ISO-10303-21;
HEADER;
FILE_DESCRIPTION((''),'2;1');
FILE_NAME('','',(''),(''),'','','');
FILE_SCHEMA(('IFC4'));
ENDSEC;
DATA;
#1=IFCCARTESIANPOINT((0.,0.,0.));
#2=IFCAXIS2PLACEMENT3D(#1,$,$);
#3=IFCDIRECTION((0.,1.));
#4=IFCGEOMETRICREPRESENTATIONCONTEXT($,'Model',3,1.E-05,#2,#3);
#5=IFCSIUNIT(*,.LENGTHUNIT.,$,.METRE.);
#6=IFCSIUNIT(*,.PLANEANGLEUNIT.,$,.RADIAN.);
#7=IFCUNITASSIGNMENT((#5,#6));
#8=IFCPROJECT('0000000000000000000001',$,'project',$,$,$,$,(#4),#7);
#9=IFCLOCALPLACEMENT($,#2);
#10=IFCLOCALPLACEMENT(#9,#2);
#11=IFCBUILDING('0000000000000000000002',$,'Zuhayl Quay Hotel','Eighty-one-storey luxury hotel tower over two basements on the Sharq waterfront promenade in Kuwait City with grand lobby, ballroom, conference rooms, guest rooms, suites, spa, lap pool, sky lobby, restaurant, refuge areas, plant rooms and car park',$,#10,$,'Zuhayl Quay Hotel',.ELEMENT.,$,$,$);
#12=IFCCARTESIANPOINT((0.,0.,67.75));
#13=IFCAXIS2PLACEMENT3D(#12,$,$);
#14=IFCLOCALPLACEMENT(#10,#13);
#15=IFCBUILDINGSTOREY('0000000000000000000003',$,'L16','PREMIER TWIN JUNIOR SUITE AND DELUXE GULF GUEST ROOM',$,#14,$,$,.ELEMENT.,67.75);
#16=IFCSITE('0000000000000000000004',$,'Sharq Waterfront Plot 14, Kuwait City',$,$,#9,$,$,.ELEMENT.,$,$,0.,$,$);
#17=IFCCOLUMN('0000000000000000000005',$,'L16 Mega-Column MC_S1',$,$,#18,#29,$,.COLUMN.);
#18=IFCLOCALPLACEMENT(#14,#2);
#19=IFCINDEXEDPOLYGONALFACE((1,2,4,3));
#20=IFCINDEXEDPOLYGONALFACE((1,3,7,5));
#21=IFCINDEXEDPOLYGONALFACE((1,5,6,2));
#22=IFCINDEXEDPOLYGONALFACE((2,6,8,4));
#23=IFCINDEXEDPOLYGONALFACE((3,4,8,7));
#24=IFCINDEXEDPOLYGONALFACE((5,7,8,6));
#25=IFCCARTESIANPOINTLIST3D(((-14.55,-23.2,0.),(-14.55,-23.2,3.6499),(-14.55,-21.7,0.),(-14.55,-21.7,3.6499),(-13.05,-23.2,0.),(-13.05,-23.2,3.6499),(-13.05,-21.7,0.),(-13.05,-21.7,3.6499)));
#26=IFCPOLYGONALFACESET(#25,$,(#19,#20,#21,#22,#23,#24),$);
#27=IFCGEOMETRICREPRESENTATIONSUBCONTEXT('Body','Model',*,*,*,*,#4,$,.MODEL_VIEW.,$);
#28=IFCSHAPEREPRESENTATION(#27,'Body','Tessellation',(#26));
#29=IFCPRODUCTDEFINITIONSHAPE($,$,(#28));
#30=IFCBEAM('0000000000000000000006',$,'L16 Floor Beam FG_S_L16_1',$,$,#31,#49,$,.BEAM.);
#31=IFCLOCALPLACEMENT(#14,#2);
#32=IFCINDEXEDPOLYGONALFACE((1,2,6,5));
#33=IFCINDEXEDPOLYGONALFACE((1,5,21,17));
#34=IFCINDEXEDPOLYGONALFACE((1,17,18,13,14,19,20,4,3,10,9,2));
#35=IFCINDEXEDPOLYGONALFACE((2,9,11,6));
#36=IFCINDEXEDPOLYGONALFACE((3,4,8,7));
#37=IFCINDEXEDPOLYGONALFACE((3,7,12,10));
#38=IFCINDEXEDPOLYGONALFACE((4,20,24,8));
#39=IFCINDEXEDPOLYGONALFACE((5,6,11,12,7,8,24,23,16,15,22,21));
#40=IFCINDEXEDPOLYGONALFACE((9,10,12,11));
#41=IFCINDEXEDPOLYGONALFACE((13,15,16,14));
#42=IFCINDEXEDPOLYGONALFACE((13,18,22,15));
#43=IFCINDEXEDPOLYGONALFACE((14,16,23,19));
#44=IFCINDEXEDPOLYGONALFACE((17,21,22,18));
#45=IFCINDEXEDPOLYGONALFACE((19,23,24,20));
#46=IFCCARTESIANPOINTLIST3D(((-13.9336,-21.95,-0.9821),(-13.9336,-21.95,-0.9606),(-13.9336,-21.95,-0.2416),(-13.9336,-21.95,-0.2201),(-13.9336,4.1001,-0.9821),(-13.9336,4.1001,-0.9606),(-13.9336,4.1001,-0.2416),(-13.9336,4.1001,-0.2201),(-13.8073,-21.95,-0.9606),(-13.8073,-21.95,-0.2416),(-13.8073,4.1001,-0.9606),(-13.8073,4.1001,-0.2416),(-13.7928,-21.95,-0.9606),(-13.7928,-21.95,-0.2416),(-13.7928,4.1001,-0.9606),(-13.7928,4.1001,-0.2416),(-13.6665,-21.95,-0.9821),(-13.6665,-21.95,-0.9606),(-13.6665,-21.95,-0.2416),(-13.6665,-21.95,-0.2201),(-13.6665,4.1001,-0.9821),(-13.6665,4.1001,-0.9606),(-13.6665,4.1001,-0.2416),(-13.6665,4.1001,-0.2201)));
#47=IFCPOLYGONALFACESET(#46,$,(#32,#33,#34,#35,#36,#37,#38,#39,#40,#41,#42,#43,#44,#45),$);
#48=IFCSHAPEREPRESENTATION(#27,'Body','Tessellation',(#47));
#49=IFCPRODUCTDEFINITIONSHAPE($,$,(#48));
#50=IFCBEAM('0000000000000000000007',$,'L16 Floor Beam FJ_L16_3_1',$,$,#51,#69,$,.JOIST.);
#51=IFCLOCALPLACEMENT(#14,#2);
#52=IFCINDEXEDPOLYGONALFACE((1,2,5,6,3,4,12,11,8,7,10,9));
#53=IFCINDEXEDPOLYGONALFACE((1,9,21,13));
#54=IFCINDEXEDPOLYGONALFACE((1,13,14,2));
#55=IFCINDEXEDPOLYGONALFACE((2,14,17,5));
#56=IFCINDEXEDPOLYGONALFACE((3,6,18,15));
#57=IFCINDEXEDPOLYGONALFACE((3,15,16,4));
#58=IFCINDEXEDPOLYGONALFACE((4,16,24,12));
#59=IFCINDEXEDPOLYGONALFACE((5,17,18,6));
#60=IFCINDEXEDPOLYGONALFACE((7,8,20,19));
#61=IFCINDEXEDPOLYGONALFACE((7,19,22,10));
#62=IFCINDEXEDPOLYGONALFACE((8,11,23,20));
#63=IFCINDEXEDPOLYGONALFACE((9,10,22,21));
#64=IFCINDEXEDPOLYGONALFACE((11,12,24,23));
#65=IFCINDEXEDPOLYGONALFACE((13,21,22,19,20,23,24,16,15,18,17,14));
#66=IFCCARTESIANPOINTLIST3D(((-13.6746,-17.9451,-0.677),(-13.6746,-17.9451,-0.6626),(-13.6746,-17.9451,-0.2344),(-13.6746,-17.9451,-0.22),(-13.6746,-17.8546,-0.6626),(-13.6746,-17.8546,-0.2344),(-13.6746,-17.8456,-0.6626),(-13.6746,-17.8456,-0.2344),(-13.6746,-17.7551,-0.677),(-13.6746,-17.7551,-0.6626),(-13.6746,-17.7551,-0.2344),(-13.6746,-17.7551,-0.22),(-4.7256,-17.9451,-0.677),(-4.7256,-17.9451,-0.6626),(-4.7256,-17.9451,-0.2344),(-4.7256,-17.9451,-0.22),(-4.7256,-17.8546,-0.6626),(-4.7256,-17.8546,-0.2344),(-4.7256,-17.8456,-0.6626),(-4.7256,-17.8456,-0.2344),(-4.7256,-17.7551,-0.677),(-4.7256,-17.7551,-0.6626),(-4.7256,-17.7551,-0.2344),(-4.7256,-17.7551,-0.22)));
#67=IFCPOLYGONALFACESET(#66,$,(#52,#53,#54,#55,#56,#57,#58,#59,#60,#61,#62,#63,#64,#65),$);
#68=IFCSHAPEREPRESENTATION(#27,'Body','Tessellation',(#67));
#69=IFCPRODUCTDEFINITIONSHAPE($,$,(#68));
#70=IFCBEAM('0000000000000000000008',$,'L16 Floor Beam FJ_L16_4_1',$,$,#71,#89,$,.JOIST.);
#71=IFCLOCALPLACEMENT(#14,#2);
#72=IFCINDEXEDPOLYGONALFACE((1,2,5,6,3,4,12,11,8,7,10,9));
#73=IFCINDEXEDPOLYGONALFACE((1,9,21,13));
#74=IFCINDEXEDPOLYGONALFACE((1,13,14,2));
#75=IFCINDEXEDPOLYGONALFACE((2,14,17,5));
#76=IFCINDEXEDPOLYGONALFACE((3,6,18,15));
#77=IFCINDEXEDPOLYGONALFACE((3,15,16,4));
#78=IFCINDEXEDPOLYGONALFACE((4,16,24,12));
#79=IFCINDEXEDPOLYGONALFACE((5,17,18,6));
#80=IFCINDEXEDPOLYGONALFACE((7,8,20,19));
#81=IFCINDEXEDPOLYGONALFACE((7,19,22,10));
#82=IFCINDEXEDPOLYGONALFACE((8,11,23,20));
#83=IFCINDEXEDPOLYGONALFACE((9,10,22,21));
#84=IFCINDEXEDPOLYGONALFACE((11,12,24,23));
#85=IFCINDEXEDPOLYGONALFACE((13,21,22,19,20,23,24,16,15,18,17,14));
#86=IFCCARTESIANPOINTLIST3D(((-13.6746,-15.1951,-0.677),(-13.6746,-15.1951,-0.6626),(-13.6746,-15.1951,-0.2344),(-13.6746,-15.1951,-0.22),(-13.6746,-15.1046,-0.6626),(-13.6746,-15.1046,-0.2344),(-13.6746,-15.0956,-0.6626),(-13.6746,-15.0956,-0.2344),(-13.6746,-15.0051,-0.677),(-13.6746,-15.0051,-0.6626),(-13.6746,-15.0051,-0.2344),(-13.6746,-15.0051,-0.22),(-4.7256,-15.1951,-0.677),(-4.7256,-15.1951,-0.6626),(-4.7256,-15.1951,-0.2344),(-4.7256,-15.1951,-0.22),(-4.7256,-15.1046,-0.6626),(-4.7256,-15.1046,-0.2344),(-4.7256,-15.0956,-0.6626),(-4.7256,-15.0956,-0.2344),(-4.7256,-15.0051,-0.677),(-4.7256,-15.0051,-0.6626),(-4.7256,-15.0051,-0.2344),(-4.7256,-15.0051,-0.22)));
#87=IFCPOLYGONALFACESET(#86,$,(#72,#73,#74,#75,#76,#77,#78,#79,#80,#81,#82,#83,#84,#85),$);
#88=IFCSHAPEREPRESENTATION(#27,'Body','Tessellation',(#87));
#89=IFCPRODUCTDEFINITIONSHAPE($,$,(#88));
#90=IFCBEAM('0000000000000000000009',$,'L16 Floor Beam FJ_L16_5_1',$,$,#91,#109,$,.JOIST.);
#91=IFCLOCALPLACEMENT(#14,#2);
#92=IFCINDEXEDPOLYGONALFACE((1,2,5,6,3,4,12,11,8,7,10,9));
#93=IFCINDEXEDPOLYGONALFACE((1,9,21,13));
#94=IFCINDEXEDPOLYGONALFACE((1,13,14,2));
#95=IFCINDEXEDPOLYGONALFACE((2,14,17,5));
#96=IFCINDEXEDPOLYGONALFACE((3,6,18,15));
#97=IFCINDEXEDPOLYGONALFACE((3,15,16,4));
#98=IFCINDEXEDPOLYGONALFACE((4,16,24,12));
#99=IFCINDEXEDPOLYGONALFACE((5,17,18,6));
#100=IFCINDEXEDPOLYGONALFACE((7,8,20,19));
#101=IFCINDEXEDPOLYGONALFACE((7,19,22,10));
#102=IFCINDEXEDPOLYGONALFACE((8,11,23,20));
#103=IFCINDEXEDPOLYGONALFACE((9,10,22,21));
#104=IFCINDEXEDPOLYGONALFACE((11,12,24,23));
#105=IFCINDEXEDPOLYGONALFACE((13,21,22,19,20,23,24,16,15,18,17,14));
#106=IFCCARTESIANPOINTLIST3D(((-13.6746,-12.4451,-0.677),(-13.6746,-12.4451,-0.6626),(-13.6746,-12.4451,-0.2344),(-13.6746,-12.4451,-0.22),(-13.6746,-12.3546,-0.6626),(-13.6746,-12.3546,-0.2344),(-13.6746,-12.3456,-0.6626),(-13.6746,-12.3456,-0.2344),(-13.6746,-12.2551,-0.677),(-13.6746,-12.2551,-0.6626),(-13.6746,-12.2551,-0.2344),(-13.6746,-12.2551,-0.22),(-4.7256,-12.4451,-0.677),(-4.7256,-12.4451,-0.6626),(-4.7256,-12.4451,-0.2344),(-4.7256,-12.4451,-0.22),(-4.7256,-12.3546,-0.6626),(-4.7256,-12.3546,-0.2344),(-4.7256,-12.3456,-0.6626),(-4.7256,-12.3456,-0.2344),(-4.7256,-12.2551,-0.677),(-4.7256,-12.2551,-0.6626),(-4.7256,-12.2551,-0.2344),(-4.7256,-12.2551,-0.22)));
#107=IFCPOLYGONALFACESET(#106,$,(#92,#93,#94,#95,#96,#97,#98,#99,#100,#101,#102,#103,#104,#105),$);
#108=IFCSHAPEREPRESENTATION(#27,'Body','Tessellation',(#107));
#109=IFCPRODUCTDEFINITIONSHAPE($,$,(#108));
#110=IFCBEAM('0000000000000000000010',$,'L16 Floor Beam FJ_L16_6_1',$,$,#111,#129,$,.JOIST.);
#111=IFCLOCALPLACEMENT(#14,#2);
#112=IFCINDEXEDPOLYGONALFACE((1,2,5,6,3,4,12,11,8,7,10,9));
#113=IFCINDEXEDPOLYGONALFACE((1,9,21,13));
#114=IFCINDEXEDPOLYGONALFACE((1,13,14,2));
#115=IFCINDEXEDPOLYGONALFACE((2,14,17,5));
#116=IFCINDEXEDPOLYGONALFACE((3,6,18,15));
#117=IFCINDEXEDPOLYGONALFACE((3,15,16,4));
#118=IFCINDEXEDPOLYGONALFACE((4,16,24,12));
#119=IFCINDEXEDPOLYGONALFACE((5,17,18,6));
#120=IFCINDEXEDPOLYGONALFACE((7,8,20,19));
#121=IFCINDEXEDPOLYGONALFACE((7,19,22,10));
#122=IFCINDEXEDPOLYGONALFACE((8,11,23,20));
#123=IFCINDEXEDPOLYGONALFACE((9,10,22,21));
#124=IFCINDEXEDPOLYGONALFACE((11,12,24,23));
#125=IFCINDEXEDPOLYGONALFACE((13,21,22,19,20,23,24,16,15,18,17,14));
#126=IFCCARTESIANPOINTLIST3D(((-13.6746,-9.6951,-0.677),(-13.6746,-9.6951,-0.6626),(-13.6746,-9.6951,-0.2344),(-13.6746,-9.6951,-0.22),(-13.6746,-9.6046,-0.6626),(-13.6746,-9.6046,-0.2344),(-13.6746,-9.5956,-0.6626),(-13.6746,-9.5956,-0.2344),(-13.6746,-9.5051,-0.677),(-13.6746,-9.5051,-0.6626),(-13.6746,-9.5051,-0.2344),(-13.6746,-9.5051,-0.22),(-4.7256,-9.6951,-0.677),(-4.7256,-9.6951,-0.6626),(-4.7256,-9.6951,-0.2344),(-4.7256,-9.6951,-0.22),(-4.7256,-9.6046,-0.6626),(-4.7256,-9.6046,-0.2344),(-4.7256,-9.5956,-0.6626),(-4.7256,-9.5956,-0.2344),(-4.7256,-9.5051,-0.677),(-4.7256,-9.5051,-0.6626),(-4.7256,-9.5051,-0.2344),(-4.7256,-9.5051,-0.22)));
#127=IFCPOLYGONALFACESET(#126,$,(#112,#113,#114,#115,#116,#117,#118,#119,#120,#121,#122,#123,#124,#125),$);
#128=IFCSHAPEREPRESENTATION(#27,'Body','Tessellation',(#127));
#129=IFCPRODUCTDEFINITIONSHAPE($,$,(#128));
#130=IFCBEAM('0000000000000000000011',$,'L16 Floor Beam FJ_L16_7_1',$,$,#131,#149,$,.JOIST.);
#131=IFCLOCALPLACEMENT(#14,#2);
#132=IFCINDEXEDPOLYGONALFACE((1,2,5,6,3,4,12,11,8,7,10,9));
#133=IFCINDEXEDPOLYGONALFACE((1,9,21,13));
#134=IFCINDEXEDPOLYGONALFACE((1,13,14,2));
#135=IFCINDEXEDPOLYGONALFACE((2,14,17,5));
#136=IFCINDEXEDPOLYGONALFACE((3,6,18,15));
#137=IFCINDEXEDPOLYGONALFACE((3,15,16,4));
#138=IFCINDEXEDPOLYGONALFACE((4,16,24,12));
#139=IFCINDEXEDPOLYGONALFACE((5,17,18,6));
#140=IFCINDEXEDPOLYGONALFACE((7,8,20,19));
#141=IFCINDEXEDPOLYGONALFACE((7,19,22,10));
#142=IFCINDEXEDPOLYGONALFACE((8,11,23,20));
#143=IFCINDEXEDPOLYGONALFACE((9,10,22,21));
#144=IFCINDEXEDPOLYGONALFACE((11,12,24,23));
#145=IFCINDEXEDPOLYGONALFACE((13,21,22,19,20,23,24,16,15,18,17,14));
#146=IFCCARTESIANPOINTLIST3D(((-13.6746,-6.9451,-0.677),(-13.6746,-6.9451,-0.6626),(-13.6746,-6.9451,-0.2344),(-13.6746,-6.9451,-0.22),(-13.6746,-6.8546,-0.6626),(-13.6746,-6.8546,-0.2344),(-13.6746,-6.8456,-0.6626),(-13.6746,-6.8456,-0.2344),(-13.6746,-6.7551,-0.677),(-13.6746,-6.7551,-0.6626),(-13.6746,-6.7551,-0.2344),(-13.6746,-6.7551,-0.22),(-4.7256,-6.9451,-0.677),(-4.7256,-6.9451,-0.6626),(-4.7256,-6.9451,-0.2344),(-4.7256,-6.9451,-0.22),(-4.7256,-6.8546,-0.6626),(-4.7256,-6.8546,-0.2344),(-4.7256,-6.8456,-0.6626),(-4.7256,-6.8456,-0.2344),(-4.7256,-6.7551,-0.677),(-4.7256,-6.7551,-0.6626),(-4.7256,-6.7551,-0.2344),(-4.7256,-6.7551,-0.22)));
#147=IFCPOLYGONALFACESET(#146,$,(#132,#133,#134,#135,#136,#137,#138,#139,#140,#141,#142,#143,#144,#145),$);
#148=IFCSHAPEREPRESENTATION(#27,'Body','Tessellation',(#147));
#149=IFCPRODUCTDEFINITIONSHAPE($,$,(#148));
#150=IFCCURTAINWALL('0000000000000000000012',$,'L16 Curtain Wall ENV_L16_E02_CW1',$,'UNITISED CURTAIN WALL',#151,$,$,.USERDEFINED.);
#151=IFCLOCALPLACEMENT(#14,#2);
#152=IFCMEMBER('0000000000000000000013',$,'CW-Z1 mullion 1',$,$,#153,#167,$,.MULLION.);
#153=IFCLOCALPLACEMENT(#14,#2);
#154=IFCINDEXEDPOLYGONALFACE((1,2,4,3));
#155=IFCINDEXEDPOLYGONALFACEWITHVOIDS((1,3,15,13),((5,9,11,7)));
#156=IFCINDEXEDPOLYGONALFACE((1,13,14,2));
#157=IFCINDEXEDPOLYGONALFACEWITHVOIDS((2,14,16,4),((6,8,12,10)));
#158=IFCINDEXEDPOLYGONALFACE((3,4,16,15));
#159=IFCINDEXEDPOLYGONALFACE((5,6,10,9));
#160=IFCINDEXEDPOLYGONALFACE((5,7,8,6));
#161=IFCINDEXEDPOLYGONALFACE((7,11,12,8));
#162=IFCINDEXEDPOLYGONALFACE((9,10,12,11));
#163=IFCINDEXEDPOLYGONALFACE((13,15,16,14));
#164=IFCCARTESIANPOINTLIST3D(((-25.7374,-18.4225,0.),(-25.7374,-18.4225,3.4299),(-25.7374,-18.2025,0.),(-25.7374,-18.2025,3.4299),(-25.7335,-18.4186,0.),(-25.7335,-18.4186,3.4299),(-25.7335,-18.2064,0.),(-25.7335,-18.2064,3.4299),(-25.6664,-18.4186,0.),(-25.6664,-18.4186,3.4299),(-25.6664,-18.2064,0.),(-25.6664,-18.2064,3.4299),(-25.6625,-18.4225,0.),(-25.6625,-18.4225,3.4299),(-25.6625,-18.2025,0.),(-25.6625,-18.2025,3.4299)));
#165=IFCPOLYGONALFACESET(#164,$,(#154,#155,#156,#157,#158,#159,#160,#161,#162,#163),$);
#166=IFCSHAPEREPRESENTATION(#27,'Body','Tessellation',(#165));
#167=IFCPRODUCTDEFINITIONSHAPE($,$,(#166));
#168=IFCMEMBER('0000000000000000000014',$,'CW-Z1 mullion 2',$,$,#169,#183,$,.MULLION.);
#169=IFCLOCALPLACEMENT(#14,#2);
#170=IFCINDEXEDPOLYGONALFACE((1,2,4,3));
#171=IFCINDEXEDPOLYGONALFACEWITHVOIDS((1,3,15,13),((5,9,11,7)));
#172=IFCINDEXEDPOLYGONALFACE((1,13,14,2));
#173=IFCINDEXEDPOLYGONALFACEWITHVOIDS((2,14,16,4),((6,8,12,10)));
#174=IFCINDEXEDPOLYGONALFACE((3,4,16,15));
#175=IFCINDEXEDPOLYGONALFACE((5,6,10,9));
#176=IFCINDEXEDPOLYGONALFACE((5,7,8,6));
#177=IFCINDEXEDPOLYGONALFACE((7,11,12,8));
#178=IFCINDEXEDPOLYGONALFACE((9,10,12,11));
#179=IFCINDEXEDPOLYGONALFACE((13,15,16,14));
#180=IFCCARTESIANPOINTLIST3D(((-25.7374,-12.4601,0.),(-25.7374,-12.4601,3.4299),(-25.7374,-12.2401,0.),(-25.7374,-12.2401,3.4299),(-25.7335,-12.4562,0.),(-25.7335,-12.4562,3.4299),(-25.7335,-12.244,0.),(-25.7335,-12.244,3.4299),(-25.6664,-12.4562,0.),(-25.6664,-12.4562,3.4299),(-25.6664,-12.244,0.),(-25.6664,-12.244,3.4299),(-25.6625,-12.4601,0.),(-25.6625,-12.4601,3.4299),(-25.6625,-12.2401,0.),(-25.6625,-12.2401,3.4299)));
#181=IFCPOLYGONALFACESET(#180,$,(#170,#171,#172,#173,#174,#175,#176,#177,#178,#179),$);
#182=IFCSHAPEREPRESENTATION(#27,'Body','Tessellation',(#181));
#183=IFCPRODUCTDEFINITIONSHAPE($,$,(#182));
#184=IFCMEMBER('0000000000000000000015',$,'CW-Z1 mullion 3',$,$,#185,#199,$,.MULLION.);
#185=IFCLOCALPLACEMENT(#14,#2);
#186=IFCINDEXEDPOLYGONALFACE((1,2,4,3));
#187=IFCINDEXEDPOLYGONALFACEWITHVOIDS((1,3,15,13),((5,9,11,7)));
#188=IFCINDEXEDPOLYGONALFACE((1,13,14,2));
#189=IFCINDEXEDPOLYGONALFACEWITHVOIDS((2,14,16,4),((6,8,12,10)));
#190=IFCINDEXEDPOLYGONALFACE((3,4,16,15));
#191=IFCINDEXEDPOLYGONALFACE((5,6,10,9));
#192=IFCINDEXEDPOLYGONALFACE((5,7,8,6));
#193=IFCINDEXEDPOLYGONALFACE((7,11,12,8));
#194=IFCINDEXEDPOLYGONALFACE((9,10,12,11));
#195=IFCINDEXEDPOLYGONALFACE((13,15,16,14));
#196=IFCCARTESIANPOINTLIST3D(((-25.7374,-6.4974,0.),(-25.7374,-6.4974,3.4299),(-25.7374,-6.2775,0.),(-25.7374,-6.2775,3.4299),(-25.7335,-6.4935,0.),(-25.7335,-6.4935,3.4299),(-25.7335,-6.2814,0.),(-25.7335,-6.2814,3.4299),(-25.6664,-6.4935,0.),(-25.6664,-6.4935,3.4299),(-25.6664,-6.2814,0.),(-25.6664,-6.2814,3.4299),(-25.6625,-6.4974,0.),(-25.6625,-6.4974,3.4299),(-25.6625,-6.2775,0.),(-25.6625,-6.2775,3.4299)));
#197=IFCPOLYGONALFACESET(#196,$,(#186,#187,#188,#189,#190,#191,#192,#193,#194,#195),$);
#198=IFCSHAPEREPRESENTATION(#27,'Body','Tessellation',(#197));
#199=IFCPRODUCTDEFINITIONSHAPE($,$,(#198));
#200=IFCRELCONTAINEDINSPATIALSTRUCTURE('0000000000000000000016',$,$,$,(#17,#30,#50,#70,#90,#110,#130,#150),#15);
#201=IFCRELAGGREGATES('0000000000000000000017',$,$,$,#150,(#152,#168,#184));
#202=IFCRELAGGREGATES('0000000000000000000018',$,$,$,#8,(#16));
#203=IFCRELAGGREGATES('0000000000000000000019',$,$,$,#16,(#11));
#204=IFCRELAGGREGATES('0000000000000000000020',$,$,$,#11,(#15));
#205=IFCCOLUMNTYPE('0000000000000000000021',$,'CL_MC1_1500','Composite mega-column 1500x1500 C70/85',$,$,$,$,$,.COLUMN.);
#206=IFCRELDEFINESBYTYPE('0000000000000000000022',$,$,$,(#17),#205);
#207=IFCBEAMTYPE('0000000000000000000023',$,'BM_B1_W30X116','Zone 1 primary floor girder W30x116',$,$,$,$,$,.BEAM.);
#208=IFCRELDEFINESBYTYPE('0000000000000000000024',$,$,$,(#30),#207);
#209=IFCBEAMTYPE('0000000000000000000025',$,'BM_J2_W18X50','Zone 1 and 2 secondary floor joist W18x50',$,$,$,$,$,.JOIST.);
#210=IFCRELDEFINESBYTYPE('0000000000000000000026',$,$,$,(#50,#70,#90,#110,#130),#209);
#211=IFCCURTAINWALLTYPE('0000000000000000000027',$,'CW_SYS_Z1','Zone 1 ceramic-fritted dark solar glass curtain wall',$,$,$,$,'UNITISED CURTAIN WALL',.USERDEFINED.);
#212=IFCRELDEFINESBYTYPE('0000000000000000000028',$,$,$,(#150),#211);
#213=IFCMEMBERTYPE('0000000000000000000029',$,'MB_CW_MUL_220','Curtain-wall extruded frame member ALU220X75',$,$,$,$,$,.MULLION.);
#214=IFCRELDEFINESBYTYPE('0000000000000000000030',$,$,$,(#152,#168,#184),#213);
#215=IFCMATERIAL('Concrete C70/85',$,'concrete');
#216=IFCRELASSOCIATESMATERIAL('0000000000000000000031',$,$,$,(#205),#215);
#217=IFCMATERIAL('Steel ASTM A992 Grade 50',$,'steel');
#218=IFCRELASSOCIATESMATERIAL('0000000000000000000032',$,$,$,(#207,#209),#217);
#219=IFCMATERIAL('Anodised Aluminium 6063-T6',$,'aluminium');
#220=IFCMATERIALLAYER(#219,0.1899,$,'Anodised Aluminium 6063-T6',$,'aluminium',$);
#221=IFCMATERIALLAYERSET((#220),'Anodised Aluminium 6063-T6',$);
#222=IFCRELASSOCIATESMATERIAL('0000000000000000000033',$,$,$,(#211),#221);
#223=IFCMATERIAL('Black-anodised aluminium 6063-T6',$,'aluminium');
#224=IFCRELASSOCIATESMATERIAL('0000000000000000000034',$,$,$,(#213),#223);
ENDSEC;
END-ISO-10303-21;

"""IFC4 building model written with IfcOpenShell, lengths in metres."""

from ifc_helpers import new_model, si_unit, direction, frame, origin, origin_2d, place, context, subcontext, project, spatial, rectangle, hollow_rectangle, i_section, extrude, material, layer, layer_set, material_profile, profile_set, type_object, element, aggregate, save


model = new_model("IFC4")

# Units and contexts
model_context = context("Model", 3, precision=1e-05, world=origin(), true_north=direction((0.0, 1.0)))
body_context = subcontext(model_context, "Body", "Model", "MODEL_VIEW")
ifc_project = project(units=[si_unit("LENGTHUNIT", "METRE"), si_unit("PLANEANGLEUNIT", "RADIAN")], contexts=[model_context])

# Site, building, storey
site_placement = place(None, origin())
site = spatial("IfcSite", under=ifc_project, at=site_placement, Name="Sharq Waterfront Plot 14, Kuwait City", CompositionType="ELEMENT", RefElevation=0.0)
building_placement = place(site_placement, origin())
building = spatial("IfcBuilding", under=site, at=building_placement, Name="Zuhayl Quay Hotel", Description="Eighty-one-storey luxury hotel tower over two basements on the Sharq waterfront promenade in Kuwait City with grand lobby, ballroom, conference rooms, guest rooms, suites, spa, lap pool, sky lobby, restaurant, refuge areas, plant rooms and car park", LongName="Zuhayl Quay Hotel", CompositionType="ELEMENT")
storey_placement = place(building_placement, frame((0.0, 0.0, 67.75)))
storey = spatial("IfcBuildingStorey", under=building, at=storey_placement, Name="L16", Description="PREMIER TWIN JUNIOR SUITE AND DELUXE GULF GUEST ROOM", CompositionType="ELEMENT", Elevation=67.75)

# Column
ifc_material_1 = material(Name="Concrete C70/85", Category="concrete")
ifc_material_profile_1 = material_profile(ifc_material_1, rectangle(XDim=1.5, YDim=1.5, at=origin_2d()), Name="RC1500X1500")
ifc_profile_set_1 = profile_set([ifc_material_profile_1], Name="Concrete C70/85")
column_type = type_object("IfcColumnType", Name="CL_MC1_1500", Description="Composite mega-column 1500x1500 C70/85", PredefinedType="COLUMN", material=ifc_profile_set_1)
column_placement = place(storey_placement, frame((-13.8, -22.45, 0.0), z_axis=(0.0, 0.0, 1.0), x_axis=(1.0, 0.0, 0.0)))
element("IfcColumn", 1, at=column_placement, inside=storey, type_object=column_type, Name="L16 Mega-Column MC_S1", PredefinedType="COLUMN", context=body_context, shape_type="SweptSolid", body=[
    extrude(rectangle(XDim=1.5, YDim=1.5, at=origin_2d()), origin(), (0.0, 0.0, 1.0), 3.6499),
])

# Beams
ifc_material_2 = material(Name="Steel ASTM A992 Grade 50", Category="steel")
ifc_material_profile_2 = material_profile(ifc_material_2, i_section(OverallWidth=0.2671, OverallDepth=0.762, WebThickness=0.0144, FlangeThickness=0.0215, at=origin_2d()), Name="W30X116")
ifc_profile_set_2 = profile_set([ifc_material_profile_2], Name="Steel ASTM A992 Grade 50")
beam_type_1 = type_object("IfcBeamType", Name="BM_B1_W30X116", Description="Zone 1 primary floor girder W30x116", PredefinedType="BEAM", material=ifc_profile_set_2)
beam_placement = place(storey_placement, frame((-13.8, -21.95, -0.6011), z_axis=(0.0, 1.0, 0.0), x_axis=(-1.0, 0.0, 0.0)))
element("IfcBeam", 2, at=beam_placement, inside=storey, type_object=beam_type_1, Name="L16 Floor Beam FG_S_L16_1", PredefinedType="BEAM", context=body_context, shape_type="SweptSolid", body=[
    extrude(i_section(OverallWidth=0.2671, OverallDepth=0.762, WebThickness=0.0144, FlangeThickness=0.0215, at=origin_2d()), origin(), (0.0, 0.0, 1.0), 26.05),
])
ifc_material_profile_3 = material_profile(ifc_material_2, i_section(OverallWidth=0.1899, OverallDepth=0.457, WebThickness=0.009, FlangeThickness=0.0144, at=origin_2d()), Name="W18X50")
ifc_profile_set_3 = profile_set([ifc_material_profile_3], Name="Steel ASTM A992 Grade 50")
beam_type_2 = type_object("IfcBeamType", Name="BM_J2_W18X50", Description="Zone 1 and 2 secondary floor joist W18x50", PredefinedType="JOIST", material=ifc_profile_set_3)
for number, where, z_axis, x_axis, name in (
    (3, (-13.6746, -17.8501, -0.4485), (1.0, 0.0, 0.0), (0.0, 1.0, 0.0), "L16 Floor Beam FJ_L16_3_1"),
    (4, (-13.6746, -15.1001, -0.4485), (1.0, 0.0, 0.0), (0.0, 1.0, 0.0), "L16 Floor Beam FJ_L16_4_1"),
    (5, (-13.6746, -12.3501, -0.4485), (1.0, 0.0, 0.0), (0.0, 1.0, 0.0), "L16 Floor Beam FJ_L16_5_1"),
    (6, (-13.6746, -9.6001, -0.4485), (1.0, 0.0, 0.0), (0.0, 1.0, 0.0), "L16 Floor Beam FJ_L16_6_1"),
    (7, (-13.6746, -6.8501, -0.4485), (1.0, 0.0, 0.0), (0.0, 1.0, 0.0), "L16 Floor Beam FJ_L16_7_1"),
):
    element("IfcBeam", number, at=place(storey_placement, frame(where, z_axis=z_axis, x_axis=x_axis)), inside=storey, type_object=beam_type_2, Name=name, PredefinedType="JOIST", context=body_context, shape_type="SweptSolid", body=[
        extrude(i_section(OverallWidth=0.1899, OverallDepth=0.457, WebThickness=0.009, FlangeThickness=0.0144, at=origin_2d()), origin(), (0.0, 0.0, 1.0), 8.949),
    ])

# Curtain wall, members
ifc_material_3 = material(Name="Anodised Aluminium 6063-T6", Category="aluminium")
ifc_layer_1 = layer(ifc_material_3, 0.1899, Name="Anodised Aluminium 6063-T6", Category="aluminium")
ifc_layer_set_1 = layer_set([ifc_layer_1], Name="Anodised Aluminium 6063-T6")
curtain_wall_type = type_object("IfcCurtainWallType", Name="CW_SYS_Z1", Description="Zone 1 ceramic-fritted dark solar glass curtain wall", ElementType="UNITISED CURTAIN WALL", PredefinedType="USERDEFINED", material=ifc_layer_set_1)
curtain_wall_1_placement = place(storey_placement, origin())
curtain_wall_1 = element("IfcCurtainWall", 8, at=curtain_wall_1_placement, inside=storey, type_object=curtain_wall_type, Name="L16 Curtain Wall ENV_L16_E02_CW1", ObjectType="UNITISED CURTAIN WALL", PredefinedType="USERDEFINED")
ifc_material_4 = material(Name="Black-anodised aluminium 6063-T6", Category="aluminium")
ifc_material_profile_4 = material_profile(ifc_material_4, hollow_rectangle(XDim=0.075, YDim=0.22, WallThickness=0.0039, at=origin_2d()), Name="ALU220X75")
ifc_profile_set_4 = profile_set([ifc_material_profile_4], Name="Black-anodised aluminium 6063-T6")
member_type_1 = type_object("IfcMemberType", Name="MB_CW_MUL_220", Description="Curtain-wall extruded frame member ALU220X75", PredefinedType="MULLION", material=ifc_profile_set_4)
member_1_placement = place(storey_placement, frame((-25.7, -18.3125, 0.0), z_axis=(0.0, 0.0, 1.0), x_axis=(-1.0, 0.0, 0.0)))
member_1 = element("IfcMember", 9, at=member_1_placement, type_object=member_type_1, Name="CW-Z1 mullion 1", PredefinedType="MULLION", context=body_context, shape_type="SweptSolid", body=[
    extrude(hollow_rectangle(XDim=0.075, YDim=0.22, WallThickness=0.0039, at=origin_2d()), origin(), (0.0, 0.0, 1.0), 3.4299),
])
member_2_placement = place(storey_placement, frame((-25.7, -12.3501, 0.0), z_axis=(0.0, 0.0, 1.0), x_axis=(-1.0, 0.0, 0.0)))
member_2 = element("IfcMember", 10, at=member_2_placement, type_object=member_type_1, Name="CW-Z1 mullion 2", PredefinedType="MULLION", context=body_context, shape_type="SweptSolid", body=[
    extrude(hollow_rectangle(XDim=0.075, YDim=0.22, WallThickness=0.0039, at=origin_2d()), origin(), (0.0, 0.0, 1.0), 3.4299),
])
member_3_placement = place(storey_placement, frame((-25.7, -6.3875, 0.0), z_axis=(0.0, 0.0, 1.0), x_axis=(-1.0, 0.0, 0.0)))
member_3 = element("IfcMember", 11, at=member_3_placement, type_object=member_type_1, Name="CW-Z1 mullion 3", PredefinedType="MULLION", context=body_context, shape_type="SweptSolid", body=[
    extrude(hollow_rectangle(XDim=0.075, YDim=0.22, WallThickness=0.0039, at=origin_2d()), origin(), (0.0, 0.0, 1.0), 3.4299),
])

aggregate(curtain_wall_1, [member_1, member_2, member_3])

save(model, "model.ifc")
